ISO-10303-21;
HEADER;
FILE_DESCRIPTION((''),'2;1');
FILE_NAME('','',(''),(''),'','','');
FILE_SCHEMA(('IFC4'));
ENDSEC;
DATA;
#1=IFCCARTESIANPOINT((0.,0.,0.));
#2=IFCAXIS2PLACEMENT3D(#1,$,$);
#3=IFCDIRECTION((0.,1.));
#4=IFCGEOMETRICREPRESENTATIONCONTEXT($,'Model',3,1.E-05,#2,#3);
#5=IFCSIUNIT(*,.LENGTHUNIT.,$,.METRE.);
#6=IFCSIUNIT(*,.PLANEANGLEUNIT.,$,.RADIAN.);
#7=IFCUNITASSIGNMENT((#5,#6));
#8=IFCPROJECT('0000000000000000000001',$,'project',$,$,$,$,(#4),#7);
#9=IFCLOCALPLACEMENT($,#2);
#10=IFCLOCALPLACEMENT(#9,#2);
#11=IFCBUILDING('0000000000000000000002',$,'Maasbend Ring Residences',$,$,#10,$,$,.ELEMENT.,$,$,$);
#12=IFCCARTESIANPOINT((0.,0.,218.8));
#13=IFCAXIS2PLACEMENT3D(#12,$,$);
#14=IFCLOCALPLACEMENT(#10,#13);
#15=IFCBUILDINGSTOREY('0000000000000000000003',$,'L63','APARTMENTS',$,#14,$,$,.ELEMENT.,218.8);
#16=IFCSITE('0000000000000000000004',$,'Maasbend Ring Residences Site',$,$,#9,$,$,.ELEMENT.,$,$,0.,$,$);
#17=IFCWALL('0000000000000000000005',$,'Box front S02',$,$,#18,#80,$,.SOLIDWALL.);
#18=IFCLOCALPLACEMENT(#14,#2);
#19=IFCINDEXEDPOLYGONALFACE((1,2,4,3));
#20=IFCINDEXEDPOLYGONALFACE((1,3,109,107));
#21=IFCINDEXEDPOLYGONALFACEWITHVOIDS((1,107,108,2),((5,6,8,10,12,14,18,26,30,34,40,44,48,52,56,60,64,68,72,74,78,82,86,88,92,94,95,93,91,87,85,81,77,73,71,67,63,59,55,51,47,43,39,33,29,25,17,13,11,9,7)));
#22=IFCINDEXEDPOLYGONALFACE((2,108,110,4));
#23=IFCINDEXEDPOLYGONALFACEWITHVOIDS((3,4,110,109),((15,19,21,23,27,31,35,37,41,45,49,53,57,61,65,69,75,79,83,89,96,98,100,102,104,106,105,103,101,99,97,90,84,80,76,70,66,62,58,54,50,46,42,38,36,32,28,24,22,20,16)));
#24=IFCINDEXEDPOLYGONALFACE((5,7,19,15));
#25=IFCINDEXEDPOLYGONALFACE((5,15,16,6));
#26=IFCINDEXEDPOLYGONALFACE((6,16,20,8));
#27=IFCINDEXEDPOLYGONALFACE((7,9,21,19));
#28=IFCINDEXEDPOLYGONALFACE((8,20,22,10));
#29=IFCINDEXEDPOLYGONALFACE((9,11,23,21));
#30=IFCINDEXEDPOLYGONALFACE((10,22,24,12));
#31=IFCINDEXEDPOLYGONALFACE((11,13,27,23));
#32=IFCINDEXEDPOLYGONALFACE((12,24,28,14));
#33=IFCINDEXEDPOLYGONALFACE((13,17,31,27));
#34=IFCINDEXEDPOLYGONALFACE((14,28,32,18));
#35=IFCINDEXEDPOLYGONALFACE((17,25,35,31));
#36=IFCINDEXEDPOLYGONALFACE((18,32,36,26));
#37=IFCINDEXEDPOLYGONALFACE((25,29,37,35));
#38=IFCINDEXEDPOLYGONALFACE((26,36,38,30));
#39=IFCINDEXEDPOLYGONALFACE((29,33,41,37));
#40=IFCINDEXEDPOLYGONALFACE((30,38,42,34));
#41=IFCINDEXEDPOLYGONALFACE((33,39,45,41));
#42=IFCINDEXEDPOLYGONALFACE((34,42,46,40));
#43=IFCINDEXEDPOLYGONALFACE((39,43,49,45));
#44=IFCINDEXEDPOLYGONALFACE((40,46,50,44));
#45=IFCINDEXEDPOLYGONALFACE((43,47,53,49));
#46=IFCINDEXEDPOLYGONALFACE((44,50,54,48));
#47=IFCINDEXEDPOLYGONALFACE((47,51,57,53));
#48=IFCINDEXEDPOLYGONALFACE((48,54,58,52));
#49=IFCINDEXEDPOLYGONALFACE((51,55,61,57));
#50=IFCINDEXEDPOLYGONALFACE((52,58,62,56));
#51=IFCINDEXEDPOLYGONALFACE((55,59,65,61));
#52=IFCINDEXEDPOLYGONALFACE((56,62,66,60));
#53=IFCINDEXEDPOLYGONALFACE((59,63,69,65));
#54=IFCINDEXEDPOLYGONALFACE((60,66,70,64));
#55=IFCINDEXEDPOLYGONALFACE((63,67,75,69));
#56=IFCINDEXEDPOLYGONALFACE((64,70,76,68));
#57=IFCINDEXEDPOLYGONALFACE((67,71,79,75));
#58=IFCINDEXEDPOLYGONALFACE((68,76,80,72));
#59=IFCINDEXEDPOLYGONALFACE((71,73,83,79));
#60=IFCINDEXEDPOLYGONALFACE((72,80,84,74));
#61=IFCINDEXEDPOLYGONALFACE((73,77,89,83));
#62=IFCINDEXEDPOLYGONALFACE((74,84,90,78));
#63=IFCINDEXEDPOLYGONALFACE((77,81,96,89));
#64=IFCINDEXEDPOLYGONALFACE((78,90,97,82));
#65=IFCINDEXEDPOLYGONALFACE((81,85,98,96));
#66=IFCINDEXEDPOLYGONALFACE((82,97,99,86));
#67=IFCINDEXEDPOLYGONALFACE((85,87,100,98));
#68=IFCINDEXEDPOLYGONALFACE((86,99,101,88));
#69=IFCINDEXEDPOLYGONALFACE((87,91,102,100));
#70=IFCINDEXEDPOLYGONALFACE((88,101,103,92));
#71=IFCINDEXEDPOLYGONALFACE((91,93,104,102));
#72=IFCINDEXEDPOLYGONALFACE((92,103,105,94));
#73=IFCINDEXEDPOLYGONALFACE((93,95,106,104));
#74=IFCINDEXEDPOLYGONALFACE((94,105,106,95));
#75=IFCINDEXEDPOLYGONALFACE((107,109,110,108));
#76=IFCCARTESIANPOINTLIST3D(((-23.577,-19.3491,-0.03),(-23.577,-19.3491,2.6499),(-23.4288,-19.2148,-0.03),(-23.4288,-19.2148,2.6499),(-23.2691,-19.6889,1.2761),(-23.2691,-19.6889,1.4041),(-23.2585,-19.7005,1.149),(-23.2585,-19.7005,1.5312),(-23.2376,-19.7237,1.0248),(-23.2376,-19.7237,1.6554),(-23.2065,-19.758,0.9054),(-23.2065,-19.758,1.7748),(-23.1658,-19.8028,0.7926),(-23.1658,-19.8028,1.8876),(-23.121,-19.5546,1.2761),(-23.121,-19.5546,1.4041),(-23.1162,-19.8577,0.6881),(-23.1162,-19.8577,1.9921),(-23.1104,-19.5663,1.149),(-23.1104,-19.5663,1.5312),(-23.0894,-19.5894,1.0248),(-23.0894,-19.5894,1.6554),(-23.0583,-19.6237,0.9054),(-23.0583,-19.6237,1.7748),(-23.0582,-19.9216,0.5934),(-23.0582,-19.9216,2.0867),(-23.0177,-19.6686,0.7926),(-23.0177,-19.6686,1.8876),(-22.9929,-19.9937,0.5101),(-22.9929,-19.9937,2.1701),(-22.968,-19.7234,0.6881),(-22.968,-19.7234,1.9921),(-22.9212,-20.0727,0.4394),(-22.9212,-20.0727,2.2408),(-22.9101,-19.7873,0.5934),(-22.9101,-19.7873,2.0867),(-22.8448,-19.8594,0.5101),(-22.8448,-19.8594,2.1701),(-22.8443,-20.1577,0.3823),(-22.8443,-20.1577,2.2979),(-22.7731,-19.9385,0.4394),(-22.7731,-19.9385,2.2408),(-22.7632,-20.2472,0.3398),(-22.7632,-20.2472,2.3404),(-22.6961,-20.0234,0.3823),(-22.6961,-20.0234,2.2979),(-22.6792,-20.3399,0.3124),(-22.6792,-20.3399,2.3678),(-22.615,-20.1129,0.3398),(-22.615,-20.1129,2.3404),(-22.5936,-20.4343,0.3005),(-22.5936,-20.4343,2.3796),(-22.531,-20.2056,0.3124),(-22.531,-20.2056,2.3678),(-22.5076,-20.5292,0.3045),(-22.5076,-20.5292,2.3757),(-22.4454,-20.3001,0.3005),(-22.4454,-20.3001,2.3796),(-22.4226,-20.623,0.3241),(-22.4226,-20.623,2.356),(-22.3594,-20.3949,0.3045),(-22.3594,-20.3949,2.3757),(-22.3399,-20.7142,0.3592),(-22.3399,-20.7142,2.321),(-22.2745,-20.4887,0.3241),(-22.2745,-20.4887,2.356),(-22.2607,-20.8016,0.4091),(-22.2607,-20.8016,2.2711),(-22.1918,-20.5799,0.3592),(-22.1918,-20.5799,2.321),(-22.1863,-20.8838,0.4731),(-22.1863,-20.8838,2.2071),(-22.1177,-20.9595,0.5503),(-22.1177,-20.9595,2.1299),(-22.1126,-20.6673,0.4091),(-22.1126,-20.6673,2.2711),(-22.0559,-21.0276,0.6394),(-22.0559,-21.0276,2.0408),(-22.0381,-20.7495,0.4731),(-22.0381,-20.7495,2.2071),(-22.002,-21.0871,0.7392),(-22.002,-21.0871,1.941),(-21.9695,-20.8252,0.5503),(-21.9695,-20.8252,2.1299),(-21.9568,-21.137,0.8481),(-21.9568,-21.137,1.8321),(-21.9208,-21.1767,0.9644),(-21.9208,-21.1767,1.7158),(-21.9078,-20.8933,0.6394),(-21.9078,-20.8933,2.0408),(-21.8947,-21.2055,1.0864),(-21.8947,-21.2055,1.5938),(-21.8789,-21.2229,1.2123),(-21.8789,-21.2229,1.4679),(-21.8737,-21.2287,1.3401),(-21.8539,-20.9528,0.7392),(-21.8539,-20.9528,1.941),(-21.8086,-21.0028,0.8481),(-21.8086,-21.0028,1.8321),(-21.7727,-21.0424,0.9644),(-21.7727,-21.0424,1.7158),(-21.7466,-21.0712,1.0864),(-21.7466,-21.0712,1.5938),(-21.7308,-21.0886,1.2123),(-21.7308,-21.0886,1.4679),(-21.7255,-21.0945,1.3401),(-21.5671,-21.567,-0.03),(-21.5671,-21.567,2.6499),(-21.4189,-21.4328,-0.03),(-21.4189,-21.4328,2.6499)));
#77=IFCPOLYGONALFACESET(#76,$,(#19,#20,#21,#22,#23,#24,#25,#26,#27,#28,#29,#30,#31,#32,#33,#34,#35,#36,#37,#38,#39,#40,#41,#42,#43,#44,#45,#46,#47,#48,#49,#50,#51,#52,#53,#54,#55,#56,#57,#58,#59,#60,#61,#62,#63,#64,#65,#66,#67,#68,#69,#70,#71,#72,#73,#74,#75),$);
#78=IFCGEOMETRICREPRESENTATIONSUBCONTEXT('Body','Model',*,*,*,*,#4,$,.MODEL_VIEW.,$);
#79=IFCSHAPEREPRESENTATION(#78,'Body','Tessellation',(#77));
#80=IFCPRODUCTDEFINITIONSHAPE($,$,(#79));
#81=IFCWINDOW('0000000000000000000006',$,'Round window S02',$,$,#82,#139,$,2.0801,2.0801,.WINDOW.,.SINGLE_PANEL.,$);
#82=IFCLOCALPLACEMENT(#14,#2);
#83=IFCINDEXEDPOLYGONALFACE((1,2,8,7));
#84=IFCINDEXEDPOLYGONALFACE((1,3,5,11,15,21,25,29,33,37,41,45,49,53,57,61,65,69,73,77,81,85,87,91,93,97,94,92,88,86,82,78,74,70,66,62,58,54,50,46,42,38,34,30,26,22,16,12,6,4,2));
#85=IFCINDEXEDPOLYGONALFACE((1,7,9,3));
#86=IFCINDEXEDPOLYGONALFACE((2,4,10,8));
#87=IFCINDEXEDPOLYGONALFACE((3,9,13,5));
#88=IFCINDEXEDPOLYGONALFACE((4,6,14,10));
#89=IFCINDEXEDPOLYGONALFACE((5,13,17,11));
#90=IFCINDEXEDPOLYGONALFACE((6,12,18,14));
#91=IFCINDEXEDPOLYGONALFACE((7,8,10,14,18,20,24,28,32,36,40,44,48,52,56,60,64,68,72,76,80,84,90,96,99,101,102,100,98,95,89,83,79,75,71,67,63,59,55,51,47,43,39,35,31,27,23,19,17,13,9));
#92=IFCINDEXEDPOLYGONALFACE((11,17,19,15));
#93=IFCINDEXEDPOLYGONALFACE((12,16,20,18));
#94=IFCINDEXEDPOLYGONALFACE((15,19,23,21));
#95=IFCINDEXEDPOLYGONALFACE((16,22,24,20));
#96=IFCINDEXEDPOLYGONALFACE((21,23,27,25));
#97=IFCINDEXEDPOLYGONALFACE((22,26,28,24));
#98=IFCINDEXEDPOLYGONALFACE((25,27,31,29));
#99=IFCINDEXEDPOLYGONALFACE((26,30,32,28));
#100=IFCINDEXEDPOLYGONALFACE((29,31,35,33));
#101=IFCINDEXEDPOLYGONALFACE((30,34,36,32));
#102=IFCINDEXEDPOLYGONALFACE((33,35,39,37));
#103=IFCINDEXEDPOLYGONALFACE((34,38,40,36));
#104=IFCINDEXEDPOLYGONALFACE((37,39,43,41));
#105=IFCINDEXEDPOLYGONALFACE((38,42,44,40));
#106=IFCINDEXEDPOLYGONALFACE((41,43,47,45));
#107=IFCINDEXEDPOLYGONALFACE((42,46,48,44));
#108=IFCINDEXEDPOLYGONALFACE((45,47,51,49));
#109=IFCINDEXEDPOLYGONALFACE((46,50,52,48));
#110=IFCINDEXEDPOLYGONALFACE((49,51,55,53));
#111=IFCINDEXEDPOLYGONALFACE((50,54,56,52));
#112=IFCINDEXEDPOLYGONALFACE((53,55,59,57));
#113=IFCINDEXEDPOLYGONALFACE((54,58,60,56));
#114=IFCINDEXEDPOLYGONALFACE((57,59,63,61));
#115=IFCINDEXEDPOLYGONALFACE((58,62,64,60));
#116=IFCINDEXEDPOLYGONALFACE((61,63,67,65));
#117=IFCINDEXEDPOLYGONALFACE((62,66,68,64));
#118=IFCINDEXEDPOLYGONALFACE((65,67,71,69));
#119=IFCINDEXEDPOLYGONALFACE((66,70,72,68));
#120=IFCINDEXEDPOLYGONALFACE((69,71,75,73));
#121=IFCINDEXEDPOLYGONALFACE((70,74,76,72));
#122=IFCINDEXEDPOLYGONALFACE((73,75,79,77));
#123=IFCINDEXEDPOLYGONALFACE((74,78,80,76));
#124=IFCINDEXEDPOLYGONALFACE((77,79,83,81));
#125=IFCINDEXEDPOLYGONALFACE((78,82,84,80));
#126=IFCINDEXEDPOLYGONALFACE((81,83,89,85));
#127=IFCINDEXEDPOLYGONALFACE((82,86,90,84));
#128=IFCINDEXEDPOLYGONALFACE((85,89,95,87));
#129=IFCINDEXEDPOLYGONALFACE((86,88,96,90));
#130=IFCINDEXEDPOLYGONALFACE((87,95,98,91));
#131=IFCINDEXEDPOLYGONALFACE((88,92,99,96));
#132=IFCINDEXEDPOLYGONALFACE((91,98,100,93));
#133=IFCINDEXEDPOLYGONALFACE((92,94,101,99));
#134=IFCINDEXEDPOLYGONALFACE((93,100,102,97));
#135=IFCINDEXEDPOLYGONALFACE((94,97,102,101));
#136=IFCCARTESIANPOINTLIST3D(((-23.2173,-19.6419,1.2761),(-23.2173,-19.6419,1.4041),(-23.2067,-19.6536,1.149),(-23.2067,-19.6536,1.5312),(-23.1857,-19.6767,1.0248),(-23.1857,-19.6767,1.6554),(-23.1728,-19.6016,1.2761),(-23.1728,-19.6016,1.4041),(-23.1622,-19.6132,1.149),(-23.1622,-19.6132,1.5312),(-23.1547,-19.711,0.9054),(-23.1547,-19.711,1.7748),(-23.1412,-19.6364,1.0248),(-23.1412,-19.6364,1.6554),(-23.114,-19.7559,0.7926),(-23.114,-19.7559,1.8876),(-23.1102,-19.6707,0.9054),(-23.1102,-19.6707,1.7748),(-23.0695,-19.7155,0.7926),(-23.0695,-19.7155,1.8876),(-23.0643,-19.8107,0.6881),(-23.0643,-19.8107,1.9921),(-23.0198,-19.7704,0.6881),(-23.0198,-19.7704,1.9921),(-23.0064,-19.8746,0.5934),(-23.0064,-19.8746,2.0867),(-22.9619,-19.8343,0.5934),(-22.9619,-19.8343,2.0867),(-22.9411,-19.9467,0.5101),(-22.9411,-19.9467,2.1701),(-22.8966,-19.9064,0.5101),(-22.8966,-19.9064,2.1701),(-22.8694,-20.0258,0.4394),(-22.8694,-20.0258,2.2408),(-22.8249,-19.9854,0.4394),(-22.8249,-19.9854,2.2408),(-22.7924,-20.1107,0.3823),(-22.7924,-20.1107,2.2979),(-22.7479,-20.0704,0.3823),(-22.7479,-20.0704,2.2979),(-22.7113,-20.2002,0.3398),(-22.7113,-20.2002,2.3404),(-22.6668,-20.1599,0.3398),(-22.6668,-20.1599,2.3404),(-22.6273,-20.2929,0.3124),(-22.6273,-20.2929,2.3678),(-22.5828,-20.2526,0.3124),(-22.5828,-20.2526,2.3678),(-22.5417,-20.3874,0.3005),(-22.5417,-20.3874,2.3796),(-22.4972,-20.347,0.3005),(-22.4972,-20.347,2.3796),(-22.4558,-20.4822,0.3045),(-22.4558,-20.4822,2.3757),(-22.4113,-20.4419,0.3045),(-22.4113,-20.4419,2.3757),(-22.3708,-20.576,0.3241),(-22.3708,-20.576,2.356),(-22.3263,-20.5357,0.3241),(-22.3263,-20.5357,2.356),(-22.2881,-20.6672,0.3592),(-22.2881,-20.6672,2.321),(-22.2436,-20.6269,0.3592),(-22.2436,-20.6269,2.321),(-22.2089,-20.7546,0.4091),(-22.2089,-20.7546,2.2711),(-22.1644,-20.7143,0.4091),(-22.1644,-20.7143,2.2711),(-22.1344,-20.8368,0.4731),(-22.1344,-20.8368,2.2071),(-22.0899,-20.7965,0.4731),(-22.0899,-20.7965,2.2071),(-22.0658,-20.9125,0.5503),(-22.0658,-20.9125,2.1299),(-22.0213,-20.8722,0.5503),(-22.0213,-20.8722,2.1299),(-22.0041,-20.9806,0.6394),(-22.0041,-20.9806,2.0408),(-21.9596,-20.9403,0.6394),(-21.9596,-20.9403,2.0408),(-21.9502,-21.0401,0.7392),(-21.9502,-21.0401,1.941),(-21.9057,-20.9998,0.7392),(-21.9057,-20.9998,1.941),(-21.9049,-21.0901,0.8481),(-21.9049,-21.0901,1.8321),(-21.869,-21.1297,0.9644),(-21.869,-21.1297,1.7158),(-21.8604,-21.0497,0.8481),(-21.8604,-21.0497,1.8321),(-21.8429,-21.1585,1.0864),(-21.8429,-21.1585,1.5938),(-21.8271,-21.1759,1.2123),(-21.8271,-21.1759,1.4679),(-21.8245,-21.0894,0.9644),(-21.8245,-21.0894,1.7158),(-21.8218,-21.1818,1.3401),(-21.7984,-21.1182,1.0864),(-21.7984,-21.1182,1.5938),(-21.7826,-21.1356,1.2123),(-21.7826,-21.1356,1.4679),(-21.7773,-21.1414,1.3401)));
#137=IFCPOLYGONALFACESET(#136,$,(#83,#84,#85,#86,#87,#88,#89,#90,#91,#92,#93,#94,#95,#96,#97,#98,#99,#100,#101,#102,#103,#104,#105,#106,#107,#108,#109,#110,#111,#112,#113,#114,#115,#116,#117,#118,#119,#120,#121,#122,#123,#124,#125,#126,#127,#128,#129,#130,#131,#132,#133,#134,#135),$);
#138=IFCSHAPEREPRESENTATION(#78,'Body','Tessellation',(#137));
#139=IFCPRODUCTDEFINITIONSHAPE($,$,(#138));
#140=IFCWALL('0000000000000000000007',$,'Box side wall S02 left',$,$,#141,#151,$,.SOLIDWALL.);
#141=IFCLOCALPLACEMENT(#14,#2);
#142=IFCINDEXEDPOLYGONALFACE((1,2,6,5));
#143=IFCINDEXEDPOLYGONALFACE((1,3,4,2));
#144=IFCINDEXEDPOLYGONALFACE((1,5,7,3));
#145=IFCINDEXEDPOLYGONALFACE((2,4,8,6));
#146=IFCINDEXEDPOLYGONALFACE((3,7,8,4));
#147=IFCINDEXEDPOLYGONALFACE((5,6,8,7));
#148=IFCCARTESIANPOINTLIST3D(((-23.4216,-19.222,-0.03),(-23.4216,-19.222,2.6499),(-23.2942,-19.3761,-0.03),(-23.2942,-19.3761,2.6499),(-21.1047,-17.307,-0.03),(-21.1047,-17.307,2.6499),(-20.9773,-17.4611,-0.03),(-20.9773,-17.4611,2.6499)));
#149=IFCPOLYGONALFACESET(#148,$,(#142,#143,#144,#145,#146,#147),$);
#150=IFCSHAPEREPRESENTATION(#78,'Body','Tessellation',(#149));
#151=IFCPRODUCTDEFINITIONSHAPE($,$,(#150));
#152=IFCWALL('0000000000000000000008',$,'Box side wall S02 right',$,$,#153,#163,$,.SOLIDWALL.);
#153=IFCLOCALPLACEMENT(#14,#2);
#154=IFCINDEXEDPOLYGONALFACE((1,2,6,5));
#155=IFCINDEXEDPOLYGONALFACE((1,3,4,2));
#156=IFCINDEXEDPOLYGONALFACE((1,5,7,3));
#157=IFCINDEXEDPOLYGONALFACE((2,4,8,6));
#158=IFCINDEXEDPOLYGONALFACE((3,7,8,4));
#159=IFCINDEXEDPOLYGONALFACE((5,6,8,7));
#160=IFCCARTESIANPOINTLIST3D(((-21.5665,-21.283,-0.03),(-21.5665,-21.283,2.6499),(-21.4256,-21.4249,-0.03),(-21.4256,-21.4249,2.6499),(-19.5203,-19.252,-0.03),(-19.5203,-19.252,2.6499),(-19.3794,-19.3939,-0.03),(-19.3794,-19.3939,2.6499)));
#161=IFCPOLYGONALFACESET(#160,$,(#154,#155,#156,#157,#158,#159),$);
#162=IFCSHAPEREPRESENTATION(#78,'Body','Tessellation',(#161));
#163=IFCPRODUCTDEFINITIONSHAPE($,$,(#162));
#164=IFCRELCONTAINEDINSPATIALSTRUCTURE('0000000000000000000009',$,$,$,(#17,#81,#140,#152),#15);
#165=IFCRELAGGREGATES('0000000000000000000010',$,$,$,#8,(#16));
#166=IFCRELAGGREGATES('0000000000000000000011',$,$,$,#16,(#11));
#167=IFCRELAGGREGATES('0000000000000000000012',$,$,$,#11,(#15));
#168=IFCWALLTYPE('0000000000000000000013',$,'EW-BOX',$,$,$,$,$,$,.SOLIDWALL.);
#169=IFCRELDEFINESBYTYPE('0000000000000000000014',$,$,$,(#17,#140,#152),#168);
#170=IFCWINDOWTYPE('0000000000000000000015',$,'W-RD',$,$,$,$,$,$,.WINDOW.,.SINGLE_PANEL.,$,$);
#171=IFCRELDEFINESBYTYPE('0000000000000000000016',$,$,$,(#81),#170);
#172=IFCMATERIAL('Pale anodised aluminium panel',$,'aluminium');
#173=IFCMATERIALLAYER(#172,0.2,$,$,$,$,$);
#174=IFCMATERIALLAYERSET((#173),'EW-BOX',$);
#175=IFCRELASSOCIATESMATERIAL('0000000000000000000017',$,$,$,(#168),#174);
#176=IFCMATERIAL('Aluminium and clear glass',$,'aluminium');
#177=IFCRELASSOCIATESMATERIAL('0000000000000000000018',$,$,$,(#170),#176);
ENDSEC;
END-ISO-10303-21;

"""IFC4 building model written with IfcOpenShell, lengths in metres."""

from ifc_helpers import new_model, si_unit, direction, frame, frame_2d, origin, place, context, subcontext, project, spatial, rectangle, circle, extrude, material, layer, layer_set, type_object, element, fill, save


model = new_model("IFC4")

# Units and contexts
model_context = context("Model", 3, precision=1e-05, world=origin(), true_north=direction((0.0, 1.0)))
body_context = subcontext(model_context, "Body", "Model", "MODEL_VIEW")
ifc_project = project(units=[si_unit("LENGTHUNIT", "METRE"), si_unit("PLANEANGLEUNIT", "RADIAN")], contexts=[model_context])

# Site, building, storey
site_placement = place(None, origin())
site = spatial("IfcSite", under=ifc_project, at=site_placement, Name="Maasbend Ring Residences Site", CompositionType="ELEMENT", RefElevation=0.0)
building_placement = place(site_placement, origin())
building = spatial("IfcBuilding", under=site, at=building_placement, Name="Maasbend Ring Residences", CompositionType="ELEMENT")
storey_placement = place(building_placement, frame((0.0, 0.0, 218.8)))
storey = spatial("IfcBuildingStorey", under=building, at=storey_placement, Name="L63", Description="APARTMENTS", CompositionType="ELEMENT", Elevation=218.8)

# Wall, opening, window
ifc_material_1 = material(Name="Pale anodised aluminium panel", Category="aluminium")
ifc_layer_1 = layer(ifc_material_1, 0.2)
ifc_layer_set_1 = layer_set([ifc_layer_1], Name="EW-BOX")
wall_type_1 = type_object("IfcWallType", Name="EW-BOX", PredefinedType="SOLIDWALL", material=ifc_layer_set_1)
wall_1_placement = place(storey_placement, frame((-23.5029, -19.282, -0.03), z_axis=(0.0, 0.0, 1.0), x_axis=(0.671507, -0.740998, 0.0)))
wall_1 = element("IfcWall", 1, at=wall_1_placement, inside=storey, type_object=wall_type_1, Name="Box front S02", PredefinedType="SOLIDWALL", context=body_context, shape_type="SweptSolid", body=[
    extrude(rectangle(XDim=2.9932, YDim=0.2, at=frame_2d((1.4966, 0.0))), origin(), (0.0, 0.0, 1.0), 2.6799),
])
opening_1_placement = place(wall_1_placement, frame((0.4565, 0.0, 0.3301)))
opening_1 = element("IfcOpeningElement", 2, at=opening_1_placement, cuts=wall_1, PredefinedType="OPENING", context=body_context, shape_type="SweptSolid", body=[
    extrude(circle(Radius=1.04, at=frame_2d((1.04, 1.04))), frame((0.0, 0.1099, 0.0), z_axis=(0.0, -1.0, 0.0), x_axis=(1.0, 0.0, 0.0)), (0.0, 0.0, 1.0), 0.22),
])
ifc_material_2 = material(Name="Aluminium and clear glass", Category="aluminium")
window_type_1 = type_object("IfcWindowType", Name="W-RD", PartitioningType="SINGLE_PANEL", PredefinedType="WINDOW", material=ifc_material_2)
window_1_placement = place(opening_1_placement, origin())
window_1 = element("IfcWindow", 3, at=window_1_placement, inside=storey, type_object=window_type_1, Name="Round window S02", OverallHeight=2.0801, OverallWidth=2.0801, PartitioningType="SINGLE_PANEL", PredefinedType="WINDOW", context=body_context, shape_type="SweptSolid", body=[
    extrude(circle(Radius=1.04, at=frame_2d((1.04, 1.04))), frame((0.0, 0.03, 0.0), z_axis=(0.0, -1.0, 0.0), x_axis=(1.0, 0.0, 0.0)), (0.0, 0.0, 1.0), 0.0601),
])
fill(opening_1, window_1)

# Walls
wall_2_placement = place(storey_placement, frame((-21.041, -17.384, -0.03), z_axis=(0.0, 0.0, 1.0), x_axis=(-0.770785, -0.637096, 0.0)))
element("IfcWall", 4, at=wall_2_placement, inside=storey, type_object=wall_type_1, Name="Box side wall S02 left", PredefinedType="SOLIDWALL", context=body_context, shape_type="SweptSolid", body=[
    extrude(rectangle(XDim=3.0059, YDim=0.2, at=frame_2d((1.5029, 0.0))), origin(), (0.0, 0.0, 1.0), 2.6799),
])
wall_3_placement = place(storey_placement, frame((-19.45, -19.323, -0.03), z_axis=(0.0, 0.0, 1.0), x_axis=(-0.709727, -0.704477, 0.0)))
element("IfcWall", 5, at=wall_3_placement, inside=storey, type_object=wall_type_1, Name="Box side wall S02 right", PredefinedType="SOLIDWALL", context=body_context, shape_type="SweptSolid", body=[
    extrude(rectangle(XDim=2.8831, YDim=0.2, at=frame_2d((1.4414, 0.0))), origin(), (0.0, 0.0, 1.0), 2.6799),
])

save(model, "model.ifc")
